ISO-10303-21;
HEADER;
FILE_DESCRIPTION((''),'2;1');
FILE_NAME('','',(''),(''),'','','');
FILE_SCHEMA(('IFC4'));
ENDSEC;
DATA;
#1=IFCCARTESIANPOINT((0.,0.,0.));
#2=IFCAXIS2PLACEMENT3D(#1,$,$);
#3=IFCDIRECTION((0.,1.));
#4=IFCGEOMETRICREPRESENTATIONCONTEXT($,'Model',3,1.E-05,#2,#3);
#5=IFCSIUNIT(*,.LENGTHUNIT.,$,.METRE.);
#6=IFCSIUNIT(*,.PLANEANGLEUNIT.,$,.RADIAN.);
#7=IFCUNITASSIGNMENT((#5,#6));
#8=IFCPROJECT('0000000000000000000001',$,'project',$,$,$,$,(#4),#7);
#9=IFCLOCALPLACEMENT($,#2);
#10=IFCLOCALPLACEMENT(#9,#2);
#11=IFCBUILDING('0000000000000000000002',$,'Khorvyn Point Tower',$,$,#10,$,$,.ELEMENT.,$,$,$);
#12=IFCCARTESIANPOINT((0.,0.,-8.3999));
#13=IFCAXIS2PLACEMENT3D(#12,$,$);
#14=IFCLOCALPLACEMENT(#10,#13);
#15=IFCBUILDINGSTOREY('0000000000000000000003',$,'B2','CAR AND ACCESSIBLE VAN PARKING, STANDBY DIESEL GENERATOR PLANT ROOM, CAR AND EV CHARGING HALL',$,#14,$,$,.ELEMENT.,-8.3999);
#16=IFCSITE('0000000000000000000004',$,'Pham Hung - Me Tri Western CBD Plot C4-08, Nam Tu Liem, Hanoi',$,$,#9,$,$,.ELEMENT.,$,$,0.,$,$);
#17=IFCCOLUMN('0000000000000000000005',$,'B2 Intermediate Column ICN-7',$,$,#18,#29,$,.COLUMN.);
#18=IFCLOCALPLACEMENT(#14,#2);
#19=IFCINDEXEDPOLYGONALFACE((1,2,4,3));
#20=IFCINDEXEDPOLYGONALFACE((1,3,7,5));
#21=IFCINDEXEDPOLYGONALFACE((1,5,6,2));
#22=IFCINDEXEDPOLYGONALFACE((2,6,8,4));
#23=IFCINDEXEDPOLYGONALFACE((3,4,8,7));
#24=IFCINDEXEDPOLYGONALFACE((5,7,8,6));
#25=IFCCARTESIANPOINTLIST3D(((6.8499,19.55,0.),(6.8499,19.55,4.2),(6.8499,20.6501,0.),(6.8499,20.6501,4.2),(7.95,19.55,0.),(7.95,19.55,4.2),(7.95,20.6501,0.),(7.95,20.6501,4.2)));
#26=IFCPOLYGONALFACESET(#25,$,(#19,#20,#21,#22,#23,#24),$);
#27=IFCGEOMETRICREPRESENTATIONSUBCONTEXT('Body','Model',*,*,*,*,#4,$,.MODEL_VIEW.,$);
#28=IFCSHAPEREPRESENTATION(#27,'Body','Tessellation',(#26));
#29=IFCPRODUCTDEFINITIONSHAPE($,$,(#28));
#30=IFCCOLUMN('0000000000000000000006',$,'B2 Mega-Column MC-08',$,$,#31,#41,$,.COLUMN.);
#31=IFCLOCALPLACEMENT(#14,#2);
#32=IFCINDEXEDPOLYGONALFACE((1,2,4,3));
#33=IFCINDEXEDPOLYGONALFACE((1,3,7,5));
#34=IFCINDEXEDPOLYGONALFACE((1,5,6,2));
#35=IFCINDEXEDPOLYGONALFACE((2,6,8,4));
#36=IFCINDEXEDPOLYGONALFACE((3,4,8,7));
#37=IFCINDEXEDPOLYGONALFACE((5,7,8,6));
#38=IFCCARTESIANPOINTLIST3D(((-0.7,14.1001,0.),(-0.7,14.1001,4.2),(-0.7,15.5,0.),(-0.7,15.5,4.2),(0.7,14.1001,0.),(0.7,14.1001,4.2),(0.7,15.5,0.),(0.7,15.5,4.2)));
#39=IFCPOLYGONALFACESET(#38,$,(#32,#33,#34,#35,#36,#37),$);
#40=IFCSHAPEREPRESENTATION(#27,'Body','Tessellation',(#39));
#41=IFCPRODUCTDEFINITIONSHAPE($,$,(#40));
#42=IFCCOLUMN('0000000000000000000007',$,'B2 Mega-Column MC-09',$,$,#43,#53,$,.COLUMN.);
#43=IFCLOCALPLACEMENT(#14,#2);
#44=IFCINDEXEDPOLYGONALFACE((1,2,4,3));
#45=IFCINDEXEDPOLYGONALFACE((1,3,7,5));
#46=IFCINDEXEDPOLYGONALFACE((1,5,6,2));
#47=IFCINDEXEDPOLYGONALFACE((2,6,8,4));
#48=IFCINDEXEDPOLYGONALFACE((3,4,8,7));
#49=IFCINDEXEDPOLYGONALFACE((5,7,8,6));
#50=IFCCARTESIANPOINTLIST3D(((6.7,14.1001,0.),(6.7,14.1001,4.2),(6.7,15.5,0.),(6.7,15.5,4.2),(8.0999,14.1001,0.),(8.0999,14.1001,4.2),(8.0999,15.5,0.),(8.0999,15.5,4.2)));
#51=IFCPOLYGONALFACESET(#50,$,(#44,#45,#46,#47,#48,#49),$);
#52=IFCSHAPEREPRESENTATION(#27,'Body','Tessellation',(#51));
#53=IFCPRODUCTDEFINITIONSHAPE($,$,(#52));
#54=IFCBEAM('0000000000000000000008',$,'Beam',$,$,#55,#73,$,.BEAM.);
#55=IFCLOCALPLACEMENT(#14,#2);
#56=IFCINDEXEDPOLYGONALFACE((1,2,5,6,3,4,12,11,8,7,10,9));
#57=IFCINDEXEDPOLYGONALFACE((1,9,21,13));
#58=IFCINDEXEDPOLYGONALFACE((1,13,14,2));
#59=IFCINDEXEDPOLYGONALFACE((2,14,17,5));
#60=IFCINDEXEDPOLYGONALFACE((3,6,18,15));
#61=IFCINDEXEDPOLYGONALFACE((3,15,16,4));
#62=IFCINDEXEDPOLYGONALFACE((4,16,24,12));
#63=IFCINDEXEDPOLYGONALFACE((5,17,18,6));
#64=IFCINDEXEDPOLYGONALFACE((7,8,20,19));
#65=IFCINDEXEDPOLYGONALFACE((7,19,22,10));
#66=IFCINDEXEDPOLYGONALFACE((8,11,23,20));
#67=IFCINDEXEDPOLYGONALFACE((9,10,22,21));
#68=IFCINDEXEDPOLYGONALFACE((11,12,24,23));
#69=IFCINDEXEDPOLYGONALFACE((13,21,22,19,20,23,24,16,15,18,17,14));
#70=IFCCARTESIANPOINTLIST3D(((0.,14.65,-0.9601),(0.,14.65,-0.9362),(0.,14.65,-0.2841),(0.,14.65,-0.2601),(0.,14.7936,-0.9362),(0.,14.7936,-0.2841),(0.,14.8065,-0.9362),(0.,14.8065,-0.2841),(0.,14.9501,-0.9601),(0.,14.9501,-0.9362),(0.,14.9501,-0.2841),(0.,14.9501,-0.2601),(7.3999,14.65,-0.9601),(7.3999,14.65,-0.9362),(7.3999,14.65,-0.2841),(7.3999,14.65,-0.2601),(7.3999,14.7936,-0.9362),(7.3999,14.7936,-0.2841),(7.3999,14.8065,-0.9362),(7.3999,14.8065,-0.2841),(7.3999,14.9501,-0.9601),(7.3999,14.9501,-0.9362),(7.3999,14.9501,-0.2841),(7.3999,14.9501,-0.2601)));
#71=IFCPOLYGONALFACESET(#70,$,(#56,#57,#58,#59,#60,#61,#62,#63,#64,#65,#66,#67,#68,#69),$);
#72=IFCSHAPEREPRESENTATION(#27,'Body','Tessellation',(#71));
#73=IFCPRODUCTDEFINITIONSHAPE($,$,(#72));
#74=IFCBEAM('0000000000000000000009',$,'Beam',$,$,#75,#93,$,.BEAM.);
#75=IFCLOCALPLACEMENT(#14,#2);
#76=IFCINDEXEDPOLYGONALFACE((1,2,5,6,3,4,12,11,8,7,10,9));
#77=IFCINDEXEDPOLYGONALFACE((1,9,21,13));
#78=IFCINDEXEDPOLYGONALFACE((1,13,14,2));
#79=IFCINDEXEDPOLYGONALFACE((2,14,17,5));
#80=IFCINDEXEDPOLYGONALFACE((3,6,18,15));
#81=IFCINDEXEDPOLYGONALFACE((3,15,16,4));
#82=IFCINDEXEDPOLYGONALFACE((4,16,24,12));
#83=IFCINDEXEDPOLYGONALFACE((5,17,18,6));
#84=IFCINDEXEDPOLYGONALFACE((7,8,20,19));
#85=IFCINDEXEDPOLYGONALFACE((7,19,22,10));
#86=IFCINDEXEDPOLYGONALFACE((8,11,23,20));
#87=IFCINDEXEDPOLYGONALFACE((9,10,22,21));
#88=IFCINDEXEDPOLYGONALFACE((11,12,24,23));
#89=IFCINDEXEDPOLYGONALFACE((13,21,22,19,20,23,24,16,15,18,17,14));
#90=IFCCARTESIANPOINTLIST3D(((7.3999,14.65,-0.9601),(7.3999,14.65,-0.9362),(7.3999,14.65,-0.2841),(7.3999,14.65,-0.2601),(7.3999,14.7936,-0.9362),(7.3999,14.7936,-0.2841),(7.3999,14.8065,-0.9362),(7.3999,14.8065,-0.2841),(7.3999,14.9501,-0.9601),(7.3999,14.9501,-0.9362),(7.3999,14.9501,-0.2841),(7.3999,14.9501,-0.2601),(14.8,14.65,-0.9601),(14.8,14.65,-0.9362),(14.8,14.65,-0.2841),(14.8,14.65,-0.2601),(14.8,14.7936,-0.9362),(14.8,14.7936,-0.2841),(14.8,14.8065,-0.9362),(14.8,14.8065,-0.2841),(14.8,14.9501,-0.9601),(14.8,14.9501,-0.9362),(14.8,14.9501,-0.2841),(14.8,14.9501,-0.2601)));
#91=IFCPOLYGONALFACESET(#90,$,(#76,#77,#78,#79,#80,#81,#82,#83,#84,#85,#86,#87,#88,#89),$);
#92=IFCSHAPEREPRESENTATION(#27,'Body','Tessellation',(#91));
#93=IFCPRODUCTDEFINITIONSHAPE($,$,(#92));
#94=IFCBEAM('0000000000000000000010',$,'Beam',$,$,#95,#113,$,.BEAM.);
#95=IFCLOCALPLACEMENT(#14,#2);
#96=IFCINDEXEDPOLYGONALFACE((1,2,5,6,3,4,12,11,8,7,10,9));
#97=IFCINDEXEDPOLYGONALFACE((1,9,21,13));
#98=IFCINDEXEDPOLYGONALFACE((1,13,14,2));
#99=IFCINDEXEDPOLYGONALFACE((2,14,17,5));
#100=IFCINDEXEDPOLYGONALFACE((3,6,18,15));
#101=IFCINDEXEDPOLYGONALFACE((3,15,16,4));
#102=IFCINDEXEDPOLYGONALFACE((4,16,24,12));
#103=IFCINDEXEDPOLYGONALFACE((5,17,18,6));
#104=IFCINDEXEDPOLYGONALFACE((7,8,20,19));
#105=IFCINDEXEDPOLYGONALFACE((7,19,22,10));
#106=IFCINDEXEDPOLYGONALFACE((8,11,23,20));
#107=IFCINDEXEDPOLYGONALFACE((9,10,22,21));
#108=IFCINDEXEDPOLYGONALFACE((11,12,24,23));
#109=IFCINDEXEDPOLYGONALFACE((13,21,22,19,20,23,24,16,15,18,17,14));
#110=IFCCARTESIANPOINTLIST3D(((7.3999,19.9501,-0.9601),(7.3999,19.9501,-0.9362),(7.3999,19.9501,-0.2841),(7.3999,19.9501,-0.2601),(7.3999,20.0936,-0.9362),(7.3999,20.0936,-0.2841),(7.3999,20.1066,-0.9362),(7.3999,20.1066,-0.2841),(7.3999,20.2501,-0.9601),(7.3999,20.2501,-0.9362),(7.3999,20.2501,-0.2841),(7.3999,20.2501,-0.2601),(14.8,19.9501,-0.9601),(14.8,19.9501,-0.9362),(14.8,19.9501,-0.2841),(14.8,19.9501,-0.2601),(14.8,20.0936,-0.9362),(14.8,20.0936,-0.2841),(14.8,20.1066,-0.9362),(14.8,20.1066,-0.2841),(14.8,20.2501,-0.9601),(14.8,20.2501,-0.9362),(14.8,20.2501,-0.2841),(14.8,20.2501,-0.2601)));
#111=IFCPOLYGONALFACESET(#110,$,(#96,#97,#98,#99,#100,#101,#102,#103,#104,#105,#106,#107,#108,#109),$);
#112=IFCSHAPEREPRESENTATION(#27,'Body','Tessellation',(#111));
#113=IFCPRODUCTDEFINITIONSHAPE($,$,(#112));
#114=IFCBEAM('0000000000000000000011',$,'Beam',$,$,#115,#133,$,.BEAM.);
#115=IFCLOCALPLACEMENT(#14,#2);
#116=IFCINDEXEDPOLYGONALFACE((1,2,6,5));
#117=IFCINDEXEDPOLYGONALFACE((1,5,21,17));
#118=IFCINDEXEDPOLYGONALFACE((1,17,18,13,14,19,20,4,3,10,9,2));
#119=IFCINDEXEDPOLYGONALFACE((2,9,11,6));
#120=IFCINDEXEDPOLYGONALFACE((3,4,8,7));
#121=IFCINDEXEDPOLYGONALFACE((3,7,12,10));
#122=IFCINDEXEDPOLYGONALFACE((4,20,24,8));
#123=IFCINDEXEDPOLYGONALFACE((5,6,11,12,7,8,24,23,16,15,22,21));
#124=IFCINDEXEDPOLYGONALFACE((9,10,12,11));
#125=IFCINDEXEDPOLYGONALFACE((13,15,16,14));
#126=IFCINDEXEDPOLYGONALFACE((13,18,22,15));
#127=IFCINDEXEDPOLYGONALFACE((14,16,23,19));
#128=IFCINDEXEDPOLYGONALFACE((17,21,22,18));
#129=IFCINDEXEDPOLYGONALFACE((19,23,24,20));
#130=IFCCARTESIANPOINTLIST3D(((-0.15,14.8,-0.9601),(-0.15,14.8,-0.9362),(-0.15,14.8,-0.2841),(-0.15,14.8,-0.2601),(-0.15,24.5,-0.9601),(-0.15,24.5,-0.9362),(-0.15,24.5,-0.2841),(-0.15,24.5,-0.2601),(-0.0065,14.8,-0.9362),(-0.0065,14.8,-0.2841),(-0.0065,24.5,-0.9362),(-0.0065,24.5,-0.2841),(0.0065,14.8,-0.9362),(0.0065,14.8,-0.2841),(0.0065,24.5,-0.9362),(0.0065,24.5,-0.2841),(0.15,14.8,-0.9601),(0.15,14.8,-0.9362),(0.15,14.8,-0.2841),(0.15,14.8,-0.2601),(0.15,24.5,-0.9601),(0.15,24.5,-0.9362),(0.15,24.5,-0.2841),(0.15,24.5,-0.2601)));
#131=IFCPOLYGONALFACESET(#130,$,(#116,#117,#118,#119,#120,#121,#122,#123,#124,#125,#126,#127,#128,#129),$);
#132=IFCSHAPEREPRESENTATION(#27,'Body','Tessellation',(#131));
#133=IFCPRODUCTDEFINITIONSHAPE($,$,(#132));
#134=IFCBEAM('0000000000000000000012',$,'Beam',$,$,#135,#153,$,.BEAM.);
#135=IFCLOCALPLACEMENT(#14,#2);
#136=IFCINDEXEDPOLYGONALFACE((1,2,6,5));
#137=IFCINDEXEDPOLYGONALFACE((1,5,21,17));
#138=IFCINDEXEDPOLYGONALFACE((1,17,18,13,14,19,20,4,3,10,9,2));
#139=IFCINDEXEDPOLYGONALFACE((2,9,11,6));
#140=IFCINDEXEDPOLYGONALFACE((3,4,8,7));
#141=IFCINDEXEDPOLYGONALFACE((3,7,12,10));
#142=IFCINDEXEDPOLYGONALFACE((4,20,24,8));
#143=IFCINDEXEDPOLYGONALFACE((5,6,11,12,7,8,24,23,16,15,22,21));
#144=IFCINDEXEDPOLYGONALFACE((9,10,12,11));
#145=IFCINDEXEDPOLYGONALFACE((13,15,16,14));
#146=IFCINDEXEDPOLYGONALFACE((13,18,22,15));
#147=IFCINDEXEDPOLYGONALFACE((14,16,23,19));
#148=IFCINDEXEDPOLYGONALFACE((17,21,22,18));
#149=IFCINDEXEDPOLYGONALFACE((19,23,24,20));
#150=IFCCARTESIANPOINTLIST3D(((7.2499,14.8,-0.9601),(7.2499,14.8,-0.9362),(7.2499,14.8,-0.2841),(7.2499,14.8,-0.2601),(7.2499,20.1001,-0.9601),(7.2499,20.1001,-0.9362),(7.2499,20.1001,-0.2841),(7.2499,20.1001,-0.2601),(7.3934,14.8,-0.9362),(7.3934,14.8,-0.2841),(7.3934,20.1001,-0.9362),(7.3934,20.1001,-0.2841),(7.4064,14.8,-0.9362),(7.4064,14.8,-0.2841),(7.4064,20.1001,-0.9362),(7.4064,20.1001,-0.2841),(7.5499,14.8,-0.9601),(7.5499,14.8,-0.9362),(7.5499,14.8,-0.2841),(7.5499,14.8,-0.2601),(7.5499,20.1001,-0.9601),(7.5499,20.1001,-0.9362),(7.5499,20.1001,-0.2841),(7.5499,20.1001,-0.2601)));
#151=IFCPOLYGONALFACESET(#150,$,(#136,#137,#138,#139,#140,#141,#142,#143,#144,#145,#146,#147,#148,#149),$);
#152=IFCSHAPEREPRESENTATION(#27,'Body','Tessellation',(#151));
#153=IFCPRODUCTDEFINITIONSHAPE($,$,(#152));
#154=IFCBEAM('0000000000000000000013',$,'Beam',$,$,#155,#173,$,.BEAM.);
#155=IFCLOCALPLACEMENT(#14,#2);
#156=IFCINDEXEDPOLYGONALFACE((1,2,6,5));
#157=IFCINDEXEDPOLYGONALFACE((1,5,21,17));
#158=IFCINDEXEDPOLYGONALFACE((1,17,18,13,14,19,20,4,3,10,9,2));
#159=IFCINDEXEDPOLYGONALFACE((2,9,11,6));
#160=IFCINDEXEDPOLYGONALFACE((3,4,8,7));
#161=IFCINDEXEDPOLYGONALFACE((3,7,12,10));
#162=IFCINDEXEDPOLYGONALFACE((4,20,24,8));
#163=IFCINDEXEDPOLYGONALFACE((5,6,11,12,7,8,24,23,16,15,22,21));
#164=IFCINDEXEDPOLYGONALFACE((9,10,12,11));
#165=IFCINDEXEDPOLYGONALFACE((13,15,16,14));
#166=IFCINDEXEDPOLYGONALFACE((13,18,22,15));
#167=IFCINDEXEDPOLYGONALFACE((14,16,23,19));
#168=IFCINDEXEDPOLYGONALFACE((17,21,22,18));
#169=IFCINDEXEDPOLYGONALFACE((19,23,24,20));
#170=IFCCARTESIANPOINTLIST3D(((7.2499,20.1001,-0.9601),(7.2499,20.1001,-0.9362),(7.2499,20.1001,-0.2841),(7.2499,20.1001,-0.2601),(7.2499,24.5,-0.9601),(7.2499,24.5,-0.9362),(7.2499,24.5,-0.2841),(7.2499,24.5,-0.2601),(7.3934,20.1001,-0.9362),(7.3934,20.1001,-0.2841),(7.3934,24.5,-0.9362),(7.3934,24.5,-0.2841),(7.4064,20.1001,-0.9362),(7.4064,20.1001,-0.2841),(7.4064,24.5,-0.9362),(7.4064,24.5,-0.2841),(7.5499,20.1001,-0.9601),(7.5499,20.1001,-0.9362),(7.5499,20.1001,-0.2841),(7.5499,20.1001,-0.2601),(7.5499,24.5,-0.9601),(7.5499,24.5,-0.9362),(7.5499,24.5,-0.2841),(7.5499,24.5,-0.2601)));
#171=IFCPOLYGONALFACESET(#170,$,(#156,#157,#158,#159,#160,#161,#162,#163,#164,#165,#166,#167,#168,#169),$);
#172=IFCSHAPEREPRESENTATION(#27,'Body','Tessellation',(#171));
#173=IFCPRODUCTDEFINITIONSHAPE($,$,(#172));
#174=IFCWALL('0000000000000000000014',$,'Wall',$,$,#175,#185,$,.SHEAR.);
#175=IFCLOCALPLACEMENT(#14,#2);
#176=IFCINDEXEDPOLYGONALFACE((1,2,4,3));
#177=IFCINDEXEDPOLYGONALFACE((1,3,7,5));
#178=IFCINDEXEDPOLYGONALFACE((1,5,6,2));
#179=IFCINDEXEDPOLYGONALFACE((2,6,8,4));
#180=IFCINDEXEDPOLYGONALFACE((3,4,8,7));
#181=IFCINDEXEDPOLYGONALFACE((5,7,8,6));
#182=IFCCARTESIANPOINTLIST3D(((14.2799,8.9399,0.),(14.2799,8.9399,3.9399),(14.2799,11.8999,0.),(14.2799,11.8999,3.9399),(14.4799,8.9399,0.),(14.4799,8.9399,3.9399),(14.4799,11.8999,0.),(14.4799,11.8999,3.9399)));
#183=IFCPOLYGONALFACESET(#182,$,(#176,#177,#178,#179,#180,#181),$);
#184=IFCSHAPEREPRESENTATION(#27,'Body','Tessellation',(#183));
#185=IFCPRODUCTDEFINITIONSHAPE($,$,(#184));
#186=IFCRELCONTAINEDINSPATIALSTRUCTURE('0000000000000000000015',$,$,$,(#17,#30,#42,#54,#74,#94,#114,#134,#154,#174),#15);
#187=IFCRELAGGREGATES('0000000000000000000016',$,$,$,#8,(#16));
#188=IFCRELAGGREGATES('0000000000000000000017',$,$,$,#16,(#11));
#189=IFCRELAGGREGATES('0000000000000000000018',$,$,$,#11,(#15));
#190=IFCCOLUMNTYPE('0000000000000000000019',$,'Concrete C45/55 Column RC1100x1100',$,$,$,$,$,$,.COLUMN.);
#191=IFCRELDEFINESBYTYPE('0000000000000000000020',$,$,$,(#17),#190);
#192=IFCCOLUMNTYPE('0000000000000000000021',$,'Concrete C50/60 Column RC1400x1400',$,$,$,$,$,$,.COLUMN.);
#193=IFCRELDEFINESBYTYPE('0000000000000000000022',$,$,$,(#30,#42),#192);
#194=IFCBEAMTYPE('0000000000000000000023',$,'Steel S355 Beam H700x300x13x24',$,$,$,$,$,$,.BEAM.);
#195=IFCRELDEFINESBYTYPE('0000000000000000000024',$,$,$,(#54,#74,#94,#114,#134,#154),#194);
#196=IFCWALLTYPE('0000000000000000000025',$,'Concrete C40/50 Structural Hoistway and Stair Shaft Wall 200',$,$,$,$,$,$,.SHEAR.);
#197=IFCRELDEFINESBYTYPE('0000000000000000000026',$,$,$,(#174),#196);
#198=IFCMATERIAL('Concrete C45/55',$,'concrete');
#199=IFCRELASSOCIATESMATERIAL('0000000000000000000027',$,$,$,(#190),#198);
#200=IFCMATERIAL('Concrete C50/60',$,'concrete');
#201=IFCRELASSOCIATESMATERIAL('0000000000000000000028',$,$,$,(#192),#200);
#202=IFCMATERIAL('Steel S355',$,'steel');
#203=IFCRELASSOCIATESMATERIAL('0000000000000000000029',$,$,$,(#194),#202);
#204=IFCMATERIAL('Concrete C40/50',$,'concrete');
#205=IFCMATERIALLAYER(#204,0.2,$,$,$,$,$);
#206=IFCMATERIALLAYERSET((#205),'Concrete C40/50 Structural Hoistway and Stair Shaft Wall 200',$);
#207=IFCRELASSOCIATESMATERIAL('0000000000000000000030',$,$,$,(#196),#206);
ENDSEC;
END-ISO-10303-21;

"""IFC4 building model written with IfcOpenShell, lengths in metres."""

from ifc_helpers import new_model, si_unit, direction, frame, frame_2d, origin, origin_2d, place, context, subcontext, project, spatial, rectangle, i_section, extrude, material, layer, layer_set, material_profile, profile_set, type_object, element, save


model = new_model("IFC4")

# Units and contexts
model_context = context("Model", 3, precision=1e-05, world=origin(), true_north=direction((0.0, 1.0)))
body_context = subcontext(model_context, "Body", "Model", "MODEL_VIEW")
ifc_project = project(units=[si_unit("LENGTHUNIT", "METRE"), si_unit("PLANEANGLEUNIT", "RADIAN")], contexts=[model_context])

# Site, building, storey
site_placement = place(None, origin())
site = spatial("IfcSite", under=ifc_project, at=site_placement, Name="Pham Hung - Me Tri Western CBD Plot C4-08, Nam Tu Liem, Hanoi", CompositionType="ELEMENT", RefElevation=0.0)
building_placement = place(site_placement, origin())
building = spatial("IfcBuilding", under=site, at=building_placement, Name="Khorvyn Point Tower", CompositionType="ELEMENT")
storey_placement = place(building_placement, frame((0.0, 0.0, -8.3999)))
storey = spatial("IfcBuildingStorey", under=building, at=storey_placement, Name="B2", Description="CAR AND ACCESSIBLE VAN PARKING, STANDBY DIESEL GENERATOR PLANT ROOM, CAR AND EV CHARGING HALL", CompositionType="ELEMENT", Elevation=-8.3999)

# Columns
ifc_material_1 = material(Name="Concrete C45/55", Category="concrete")
ifc_material_profile_1 = material_profile(ifc_material_1, rectangle(XDim=1.1001, YDim=1.1001, at=origin_2d()))
ifc_profile_set_1 = profile_set([ifc_material_profile_1], Name="Concrete C45/55 RC1100x1100")
column_type_1 = type_object("IfcColumnType", Name="Concrete C45/55 Column RC1100x1100", PredefinedType="COLUMN", material=ifc_profile_set_1)
column_placement = place(storey_placement, frame((7.3999, 20.1001, 0.0), z_axis=(0.0, 0.0, 1.0), x_axis=(1.0, 0.0, 0.0)))
element("IfcColumn", 1, at=column_placement, inside=storey, type_object=column_type_1, Name="B2 Intermediate Column ICN-7", PredefinedType="COLUMN", context=body_context, shape_type="SweptSolid", body=[
    extrude(rectangle(XDim=1.1001, YDim=1.1001, at=origin_2d()), origin(), (0.0, 0.0, 1.0), 4.2),
])
ifc_material_2 = material(Name="Concrete C50/60", Category="concrete")
ifc_material_profile_2 = material_profile(ifc_material_2, rectangle(XDim=1.3999, YDim=1.3999, at=origin_2d()))
ifc_profile_set_2 = profile_set([ifc_material_profile_2], Name="Concrete C50/60 RC1400x1400")
column_type_2 = type_object("IfcColumnType", Name="Concrete C50/60 Column RC1400x1400", PredefinedType="COLUMN", material=ifc_profile_set_2)
for number, where, z_axis, x_axis, name in (
    (2, (0.0, 14.8, 0.0), (0.0, 0.0, 1.0), (1.0, 0.0, 0.0), "B2 Mega-Column MC-08"),
    (3, (7.3999, 14.8, 0.0), (0.0, 0.0, 1.0), (1.0, 0.0, 0.0), "B2 Mega-Column MC-09"),
):
    element("IfcColumn", number, at=place(storey_placement, frame(where, z_axis=z_axis, x_axis=x_axis)), inside=storey, type_object=column_type_2, Name=name, PredefinedType="COLUMN", context=body_context, shape_type="SweptSolid", body=[
        extrude(rectangle(XDim=1.3999, YDim=1.3999, at=origin_2d()), origin(), (0.0, 0.0, 1.0), 4.2),
    ])

# Beams
ifc_material_3 = material(Name="Steel S355", Category="steel")
ifc_material_profile_3 = material_profile(ifc_material_3, i_section(OverallWidth=0.3, OverallDepth=0.7, WebThickness=0.0129, FlangeThickness=0.0239, at=origin_2d()))
ifc_profile_set_3 = profile_set([ifc_material_profile_3], Name="Steel S355 H700x300x13x24")
beam_type = type_object("IfcBeamType", Name="Steel S355 Beam H700x300x13x24", PredefinedType="BEAM", material=ifc_profile_set_3)
beam_1_placement = place(storey_placement, frame((0.0, 14.8, -0.6101), z_axis=(1.0, 0.0, 0.0), x_axis=(0.0, 1.0, 0.0)))
element("IfcBeam", 4, at=beam_1_placement, inside=storey, type_object=beam_type, Name="Beam", PredefinedType="BEAM", context=body_context, shape_type="SweptSolid", body=[
    extrude(i_section(OverallWidth=0.3, OverallDepth=0.7, WebThickness=0.0129, FlangeThickness=0.0239, at=origin_2d()), origin(), (0.0, 0.0, 1.0), 7.3999),
])
for number, where, z_axis, x_axis, name in (
    (5, (7.3999, 14.8, -0.6101), (1.0, 0.0, 0.0), (0.0, 1.0, 0.0), "Beam"),
    (6, (7.3999, 20.1001, -0.6101), (1.0, 0.0, 0.0), (0.0, 1.0, 0.0), "Beam"),
):
    element("IfcBeam", number, at=place(storey_placement, frame(where, z_axis=z_axis, x_axis=x_axis)), inside=storey, type_object=beam_type, Name=name, PredefinedType="BEAM", context=body_context, shape_type="SweptSolid", body=[
        extrude(i_section(OverallWidth=0.3, OverallDepth=0.7, WebThickness=0.0129, FlangeThickness=0.0239, at=origin_2d()), origin(), (0.0, 0.0, 1.0), 7.4001),
    ])
beam_2_placement = place(storey_placement, frame((0.0, 14.8, -0.6101), z_axis=(0.0, 1.0, 0.0), x_axis=(-1.0, 0.0, 0.0)))
element("IfcBeam", 7, at=beam_2_placement, inside=storey, type_object=beam_type, Name="Beam", PredefinedType="BEAM", context=body_context, shape_type="SweptSolid", body=[
    extrude(i_section(OverallWidth=0.3, OverallDepth=0.7, WebThickness=0.0129, FlangeThickness=0.0239, at=origin_2d()), origin(), (0.0, 0.0, 1.0), 9.7),
])
beam_3_placement = place(storey_placement, frame((7.3999, 14.8, -0.6101), z_axis=(0.0, 1.0, 0.0), x_axis=(-1.0, 0.0, 0.0)))
element("IfcBeam", 8, at=beam_3_placement, inside=storey, type_object=beam_type, Name="Beam", PredefinedType="BEAM", context=body_context, shape_type="SweptSolid", body=[
    extrude(i_section(OverallWidth=0.3, OverallDepth=0.7, WebThickness=0.0129, FlangeThickness=0.0239, at=origin_2d()), origin(), (0.0, 0.0, 1.0), 5.3),
])
beam_4_placement = place(storey_placement, frame((7.3999, 20.1001, -0.6101), z_axis=(0.0, 1.0, 0.0), x_axis=(-1.0, 0.0, 0.0)))
element("IfcBeam", 9, at=beam_4_placement, inside=storey, type_object=beam_type, Name="Beam", PredefinedType="BEAM", context=body_context, shape_type="SweptSolid", body=[
    extrude(i_section(OverallWidth=0.3, OverallDepth=0.7, WebThickness=0.0129, FlangeThickness=0.0239, at=origin_2d()), origin(), (0.0, 0.0, 1.0), 4.3999),
])

# Shared definitions
ifc_material_4 = material(Name="Concrete C40/50", Category="concrete")

# Wall
ifc_layer_1 = layer(ifc_material_4, 0.2)
ifc_layer_set_1 = layer_set([ifc_layer_1], Name="Concrete C40/50 Structural Hoistway and Stair Shaft Wall 200")
wall_type_1 = type_object("IfcWallType", Name="Concrete C40/50 Structural Hoistway and Stair Shaft Wall 200", PredefinedType="SHEAR", material=ifc_layer_set_1)
wall_1_placement = place(storey_placement, frame((14.3799, 11.8999, 0.0), z_axis=(0.0, 0.0, 1.0), x_axis=(0.0, -1.0, 0.0)))
element("IfcWall", 10, at=wall_1_placement, inside=storey, type_object=wall_type_1, Name="Wall", PredefinedType="SHEAR", context=body_context, shape_type="SweptSolid", body=[
    extrude(rectangle(XDim=2.96, YDim=0.2, at=frame_2d((1.48, 0.0))), origin(), (0.0, 0.0, 1.0), 3.9399),
])

save(model, "model.ifc")
